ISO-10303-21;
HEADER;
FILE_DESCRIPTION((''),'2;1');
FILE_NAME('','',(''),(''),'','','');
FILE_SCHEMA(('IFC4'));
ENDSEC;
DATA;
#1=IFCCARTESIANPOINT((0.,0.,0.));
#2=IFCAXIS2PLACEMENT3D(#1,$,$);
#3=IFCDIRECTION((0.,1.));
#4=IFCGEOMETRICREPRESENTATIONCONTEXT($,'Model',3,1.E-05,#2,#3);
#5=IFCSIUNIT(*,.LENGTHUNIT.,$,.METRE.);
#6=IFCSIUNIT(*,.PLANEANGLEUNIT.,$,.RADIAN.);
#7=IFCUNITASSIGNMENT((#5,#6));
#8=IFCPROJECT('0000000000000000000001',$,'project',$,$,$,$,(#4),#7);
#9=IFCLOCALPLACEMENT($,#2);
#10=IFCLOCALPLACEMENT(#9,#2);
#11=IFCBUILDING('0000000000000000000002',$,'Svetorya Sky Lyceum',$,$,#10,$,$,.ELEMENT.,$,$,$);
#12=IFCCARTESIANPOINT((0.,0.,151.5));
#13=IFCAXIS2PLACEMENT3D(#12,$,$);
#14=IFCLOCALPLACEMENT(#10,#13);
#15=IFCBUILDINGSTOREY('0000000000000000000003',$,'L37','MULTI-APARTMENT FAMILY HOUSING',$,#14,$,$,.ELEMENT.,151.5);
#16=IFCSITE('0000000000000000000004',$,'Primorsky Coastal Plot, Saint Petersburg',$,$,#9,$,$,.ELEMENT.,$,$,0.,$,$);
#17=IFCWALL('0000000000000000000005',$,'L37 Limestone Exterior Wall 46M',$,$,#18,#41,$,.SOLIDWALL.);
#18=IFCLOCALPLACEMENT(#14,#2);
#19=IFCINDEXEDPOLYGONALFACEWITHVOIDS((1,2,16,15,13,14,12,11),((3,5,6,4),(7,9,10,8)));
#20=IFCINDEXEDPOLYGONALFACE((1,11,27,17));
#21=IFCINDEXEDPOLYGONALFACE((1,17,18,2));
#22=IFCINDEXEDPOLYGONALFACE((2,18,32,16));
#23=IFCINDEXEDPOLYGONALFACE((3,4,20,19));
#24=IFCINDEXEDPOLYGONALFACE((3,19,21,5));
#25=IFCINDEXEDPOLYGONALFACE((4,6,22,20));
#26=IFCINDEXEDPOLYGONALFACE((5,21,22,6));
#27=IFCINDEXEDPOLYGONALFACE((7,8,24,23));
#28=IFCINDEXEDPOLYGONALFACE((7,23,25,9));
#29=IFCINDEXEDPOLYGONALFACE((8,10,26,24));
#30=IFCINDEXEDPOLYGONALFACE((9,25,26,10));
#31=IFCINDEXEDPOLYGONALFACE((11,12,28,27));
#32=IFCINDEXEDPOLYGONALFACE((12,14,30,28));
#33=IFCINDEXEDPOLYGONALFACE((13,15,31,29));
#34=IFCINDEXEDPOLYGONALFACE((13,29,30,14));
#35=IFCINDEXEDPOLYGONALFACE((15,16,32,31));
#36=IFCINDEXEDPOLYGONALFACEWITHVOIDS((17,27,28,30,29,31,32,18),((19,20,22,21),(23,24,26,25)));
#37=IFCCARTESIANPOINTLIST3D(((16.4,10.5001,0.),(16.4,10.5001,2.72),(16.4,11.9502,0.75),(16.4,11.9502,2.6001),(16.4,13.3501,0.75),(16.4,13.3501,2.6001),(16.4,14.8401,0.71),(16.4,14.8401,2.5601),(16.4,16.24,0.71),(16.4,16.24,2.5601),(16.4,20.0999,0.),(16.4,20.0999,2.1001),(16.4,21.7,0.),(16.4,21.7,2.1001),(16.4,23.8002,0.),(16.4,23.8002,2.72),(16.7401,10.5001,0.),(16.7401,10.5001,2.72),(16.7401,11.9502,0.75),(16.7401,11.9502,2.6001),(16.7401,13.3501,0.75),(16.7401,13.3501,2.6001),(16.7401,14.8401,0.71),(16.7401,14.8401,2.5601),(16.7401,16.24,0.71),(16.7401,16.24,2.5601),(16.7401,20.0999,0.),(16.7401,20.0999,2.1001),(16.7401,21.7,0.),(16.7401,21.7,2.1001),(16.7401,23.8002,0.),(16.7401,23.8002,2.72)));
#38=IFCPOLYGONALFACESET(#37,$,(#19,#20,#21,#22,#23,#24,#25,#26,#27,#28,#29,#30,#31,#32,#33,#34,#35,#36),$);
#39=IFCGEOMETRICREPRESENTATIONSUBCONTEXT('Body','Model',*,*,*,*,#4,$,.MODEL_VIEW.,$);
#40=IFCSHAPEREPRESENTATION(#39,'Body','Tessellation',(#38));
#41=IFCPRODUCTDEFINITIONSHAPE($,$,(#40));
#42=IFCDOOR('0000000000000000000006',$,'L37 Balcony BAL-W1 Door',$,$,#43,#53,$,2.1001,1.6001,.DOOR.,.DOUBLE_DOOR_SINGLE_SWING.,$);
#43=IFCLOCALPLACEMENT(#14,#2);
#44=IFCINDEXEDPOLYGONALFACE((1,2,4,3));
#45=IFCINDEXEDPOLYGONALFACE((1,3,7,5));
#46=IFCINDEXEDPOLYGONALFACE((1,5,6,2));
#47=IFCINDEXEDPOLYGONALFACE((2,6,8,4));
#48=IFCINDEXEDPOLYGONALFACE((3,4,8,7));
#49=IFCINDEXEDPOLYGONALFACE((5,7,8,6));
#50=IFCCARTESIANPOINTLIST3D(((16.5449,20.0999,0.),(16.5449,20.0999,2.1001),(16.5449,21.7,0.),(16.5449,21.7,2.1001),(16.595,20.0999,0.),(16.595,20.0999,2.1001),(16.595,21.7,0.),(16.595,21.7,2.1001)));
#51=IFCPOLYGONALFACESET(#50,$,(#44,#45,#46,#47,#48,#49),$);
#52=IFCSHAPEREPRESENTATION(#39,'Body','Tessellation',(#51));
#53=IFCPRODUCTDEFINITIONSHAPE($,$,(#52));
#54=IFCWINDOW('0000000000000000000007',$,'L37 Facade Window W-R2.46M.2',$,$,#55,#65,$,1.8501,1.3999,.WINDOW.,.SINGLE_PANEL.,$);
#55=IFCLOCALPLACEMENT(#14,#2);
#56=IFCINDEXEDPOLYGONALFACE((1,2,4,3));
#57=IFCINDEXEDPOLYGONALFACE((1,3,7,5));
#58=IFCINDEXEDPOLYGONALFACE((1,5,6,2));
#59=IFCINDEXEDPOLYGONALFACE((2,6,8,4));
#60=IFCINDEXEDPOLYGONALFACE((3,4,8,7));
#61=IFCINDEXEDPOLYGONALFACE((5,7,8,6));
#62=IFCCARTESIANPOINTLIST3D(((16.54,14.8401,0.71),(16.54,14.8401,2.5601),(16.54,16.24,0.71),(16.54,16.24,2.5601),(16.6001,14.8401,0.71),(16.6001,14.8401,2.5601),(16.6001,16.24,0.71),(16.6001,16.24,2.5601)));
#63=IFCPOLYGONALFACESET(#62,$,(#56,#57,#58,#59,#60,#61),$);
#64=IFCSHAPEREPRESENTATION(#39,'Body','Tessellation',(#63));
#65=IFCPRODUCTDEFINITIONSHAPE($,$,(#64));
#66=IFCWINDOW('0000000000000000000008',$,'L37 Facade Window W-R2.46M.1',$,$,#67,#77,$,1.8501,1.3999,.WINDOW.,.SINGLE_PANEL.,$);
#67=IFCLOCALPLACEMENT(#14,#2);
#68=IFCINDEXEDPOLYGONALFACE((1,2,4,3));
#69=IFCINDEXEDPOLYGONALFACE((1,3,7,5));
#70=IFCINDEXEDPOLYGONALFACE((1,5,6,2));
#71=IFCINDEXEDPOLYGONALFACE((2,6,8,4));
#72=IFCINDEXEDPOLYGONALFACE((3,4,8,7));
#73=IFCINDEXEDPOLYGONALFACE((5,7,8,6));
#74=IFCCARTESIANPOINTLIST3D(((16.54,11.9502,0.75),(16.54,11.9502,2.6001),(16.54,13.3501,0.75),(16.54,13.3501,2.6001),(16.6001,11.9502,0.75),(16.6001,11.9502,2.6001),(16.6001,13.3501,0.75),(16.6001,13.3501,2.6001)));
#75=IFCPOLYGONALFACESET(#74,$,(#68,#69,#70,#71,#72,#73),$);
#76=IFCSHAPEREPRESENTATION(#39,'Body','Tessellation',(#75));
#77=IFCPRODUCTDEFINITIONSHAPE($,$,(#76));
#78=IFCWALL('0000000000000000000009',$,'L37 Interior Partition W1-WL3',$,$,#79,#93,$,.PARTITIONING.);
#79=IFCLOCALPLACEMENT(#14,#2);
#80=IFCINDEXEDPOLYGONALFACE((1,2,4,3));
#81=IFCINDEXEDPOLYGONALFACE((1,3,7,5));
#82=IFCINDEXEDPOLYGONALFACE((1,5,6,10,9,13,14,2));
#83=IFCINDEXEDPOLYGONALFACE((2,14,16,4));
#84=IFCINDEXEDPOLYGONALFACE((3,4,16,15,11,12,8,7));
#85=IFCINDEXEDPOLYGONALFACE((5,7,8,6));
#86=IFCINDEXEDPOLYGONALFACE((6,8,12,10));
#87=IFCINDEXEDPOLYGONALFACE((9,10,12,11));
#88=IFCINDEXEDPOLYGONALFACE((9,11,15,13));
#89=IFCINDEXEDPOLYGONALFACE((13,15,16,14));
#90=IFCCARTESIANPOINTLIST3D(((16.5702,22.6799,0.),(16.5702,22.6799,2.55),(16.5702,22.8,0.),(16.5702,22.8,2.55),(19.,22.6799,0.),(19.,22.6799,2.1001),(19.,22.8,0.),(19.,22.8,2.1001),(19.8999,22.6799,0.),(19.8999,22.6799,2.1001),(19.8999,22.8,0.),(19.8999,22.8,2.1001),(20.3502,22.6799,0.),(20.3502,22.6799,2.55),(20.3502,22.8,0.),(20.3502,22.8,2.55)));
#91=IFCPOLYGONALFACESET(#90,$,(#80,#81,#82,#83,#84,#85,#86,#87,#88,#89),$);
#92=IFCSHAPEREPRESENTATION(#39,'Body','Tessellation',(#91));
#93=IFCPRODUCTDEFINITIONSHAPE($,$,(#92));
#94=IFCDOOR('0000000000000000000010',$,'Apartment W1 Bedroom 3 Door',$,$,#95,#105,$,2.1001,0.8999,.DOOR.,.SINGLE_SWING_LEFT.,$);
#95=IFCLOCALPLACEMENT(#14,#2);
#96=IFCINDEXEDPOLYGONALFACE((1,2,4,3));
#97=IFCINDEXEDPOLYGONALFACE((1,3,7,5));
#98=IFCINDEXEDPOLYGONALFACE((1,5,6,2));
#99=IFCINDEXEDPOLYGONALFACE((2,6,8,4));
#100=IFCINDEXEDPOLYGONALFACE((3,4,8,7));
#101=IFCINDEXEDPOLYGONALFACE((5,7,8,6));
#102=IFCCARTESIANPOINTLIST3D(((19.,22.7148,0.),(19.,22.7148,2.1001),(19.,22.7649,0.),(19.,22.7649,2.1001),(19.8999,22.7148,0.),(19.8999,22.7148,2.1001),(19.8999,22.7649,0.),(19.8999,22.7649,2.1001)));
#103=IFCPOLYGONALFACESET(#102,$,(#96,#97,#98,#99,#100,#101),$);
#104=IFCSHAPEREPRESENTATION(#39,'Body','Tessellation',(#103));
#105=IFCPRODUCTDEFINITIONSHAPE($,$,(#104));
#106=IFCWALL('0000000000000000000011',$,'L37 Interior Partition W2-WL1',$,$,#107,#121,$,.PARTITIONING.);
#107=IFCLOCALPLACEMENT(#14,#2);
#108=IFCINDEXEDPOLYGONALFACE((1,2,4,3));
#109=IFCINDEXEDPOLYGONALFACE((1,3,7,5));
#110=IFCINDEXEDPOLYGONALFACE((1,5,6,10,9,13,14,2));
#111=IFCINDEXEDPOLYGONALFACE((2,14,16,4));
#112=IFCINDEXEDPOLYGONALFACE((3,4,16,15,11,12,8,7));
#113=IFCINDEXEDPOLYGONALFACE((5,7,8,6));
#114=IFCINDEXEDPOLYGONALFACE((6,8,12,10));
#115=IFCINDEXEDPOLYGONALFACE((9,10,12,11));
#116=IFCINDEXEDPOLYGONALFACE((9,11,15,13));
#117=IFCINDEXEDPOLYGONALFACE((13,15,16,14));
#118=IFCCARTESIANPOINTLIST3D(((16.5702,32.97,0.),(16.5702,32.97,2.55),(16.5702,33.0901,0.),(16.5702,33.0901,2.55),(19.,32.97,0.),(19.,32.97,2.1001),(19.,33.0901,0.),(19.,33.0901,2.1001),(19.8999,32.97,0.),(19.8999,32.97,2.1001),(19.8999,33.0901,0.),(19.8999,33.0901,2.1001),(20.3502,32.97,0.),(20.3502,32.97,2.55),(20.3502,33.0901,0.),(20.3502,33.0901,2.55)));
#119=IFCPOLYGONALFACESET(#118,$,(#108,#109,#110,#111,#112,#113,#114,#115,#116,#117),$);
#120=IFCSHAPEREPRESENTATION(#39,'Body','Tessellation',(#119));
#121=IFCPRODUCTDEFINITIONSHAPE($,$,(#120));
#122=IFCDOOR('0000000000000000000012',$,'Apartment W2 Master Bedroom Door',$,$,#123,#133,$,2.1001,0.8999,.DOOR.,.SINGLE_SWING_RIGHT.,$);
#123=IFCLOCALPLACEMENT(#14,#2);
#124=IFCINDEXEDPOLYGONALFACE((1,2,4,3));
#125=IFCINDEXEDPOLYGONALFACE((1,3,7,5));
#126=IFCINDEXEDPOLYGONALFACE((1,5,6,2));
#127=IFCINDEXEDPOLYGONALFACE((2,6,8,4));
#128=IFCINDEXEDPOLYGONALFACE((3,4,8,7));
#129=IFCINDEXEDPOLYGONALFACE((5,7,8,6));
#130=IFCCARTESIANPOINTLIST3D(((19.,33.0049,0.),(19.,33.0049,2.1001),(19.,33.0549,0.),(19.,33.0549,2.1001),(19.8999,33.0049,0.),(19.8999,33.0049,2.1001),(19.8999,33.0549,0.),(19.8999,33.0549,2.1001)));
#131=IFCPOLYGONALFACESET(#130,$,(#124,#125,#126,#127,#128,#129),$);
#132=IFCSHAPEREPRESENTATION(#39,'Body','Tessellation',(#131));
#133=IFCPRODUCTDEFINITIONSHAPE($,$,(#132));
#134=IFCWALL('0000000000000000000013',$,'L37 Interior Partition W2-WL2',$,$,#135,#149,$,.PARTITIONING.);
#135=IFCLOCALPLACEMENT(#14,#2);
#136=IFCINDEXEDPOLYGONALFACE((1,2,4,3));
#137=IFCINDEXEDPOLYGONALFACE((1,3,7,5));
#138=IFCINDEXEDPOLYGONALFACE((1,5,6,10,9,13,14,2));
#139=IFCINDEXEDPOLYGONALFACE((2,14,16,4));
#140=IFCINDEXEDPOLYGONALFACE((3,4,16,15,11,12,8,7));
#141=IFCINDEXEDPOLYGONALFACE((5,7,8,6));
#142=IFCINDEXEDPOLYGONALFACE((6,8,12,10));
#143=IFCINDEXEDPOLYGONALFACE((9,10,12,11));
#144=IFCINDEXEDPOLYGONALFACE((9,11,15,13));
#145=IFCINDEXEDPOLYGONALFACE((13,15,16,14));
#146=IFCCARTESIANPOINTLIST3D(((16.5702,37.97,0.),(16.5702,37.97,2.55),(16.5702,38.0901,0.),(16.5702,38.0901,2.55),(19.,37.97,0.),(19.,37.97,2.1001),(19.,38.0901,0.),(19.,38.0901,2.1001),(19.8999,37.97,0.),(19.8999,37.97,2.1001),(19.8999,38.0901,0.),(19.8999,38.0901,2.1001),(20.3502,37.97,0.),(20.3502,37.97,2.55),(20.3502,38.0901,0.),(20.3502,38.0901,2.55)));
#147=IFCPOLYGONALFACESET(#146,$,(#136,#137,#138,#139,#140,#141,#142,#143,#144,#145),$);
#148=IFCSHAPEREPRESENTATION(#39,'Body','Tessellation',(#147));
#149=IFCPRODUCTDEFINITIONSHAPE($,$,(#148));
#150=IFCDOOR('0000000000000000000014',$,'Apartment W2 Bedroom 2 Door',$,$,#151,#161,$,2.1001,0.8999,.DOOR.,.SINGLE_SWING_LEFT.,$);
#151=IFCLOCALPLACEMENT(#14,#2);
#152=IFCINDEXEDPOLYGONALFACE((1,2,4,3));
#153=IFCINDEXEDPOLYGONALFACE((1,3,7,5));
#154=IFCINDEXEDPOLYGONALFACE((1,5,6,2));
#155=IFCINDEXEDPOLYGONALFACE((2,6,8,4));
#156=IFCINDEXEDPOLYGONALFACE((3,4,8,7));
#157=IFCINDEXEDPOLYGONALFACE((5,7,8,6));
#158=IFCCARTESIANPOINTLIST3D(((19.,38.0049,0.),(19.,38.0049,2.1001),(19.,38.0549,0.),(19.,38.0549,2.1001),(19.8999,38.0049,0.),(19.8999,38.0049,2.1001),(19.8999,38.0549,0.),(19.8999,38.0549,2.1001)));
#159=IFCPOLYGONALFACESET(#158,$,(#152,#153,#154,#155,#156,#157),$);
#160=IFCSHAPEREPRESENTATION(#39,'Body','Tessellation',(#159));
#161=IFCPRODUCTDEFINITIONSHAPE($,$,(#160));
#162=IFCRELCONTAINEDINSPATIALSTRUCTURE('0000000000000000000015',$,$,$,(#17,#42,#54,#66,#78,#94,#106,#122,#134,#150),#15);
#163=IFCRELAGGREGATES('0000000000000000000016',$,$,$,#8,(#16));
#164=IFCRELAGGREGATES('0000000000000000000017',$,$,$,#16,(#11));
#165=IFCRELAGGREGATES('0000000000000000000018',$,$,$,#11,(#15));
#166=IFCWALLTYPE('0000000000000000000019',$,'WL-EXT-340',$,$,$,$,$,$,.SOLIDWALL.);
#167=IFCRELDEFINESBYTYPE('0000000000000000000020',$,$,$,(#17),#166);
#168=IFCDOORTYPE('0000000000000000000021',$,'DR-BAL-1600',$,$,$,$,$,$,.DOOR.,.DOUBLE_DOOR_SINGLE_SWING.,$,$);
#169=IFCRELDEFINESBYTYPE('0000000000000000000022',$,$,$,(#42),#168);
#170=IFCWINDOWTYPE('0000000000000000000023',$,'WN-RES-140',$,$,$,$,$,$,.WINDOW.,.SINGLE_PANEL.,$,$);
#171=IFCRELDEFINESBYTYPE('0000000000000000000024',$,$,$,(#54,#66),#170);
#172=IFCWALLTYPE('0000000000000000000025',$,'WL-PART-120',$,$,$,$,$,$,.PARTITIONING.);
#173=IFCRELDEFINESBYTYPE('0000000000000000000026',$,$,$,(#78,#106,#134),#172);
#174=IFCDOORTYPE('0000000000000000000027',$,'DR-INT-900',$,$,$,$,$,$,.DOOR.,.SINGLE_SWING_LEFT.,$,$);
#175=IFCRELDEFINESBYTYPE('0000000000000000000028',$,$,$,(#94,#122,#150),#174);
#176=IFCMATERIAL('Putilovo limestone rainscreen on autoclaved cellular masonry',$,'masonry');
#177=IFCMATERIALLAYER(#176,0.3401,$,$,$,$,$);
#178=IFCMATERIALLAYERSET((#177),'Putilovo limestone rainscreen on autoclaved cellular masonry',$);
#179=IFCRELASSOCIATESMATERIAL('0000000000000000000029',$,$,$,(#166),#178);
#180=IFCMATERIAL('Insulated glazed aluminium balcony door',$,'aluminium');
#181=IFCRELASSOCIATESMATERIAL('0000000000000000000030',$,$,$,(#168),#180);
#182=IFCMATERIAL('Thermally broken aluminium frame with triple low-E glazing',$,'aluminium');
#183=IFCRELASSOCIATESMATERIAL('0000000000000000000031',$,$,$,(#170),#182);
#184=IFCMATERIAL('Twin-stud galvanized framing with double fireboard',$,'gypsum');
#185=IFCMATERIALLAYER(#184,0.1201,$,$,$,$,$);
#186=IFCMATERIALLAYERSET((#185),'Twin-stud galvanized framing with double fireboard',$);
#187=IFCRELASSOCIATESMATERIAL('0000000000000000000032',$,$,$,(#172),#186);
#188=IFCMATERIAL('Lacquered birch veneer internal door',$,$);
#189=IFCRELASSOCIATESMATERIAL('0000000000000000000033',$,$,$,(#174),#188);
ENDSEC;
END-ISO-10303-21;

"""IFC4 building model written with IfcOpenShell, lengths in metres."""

from ifc_helpers import new_model, si_unit, direction, frame, frame_2d, origin, place, context, subcontext, project, spatial, rectangle, extrude, material, layer, layer_set, type_object, element, fill, save


model = new_model("IFC4")

# Units and contexts
model_context = context("Model", 3, precision=1e-05, world=origin(), true_north=direction((0.0, 1.0)))
body_context = subcontext(model_context, "Body", "Model", "MODEL_VIEW")
ifc_project = project(units=[si_unit("LENGTHUNIT", "METRE"), si_unit("PLANEANGLEUNIT", "RADIAN")], contexts=[model_context])

# Site, building, storey
site_placement = place(None, origin())
site = spatial("IfcSite", under=ifc_project, at=site_placement, Name="Primorsky Coastal Plot, Saint Petersburg", CompositionType="ELEMENT", RefElevation=0.0)
building_placement = place(site_placement, origin())
building = spatial("IfcBuilding", under=site, at=building_placement, Name="Svetorya Sky Lyceum", CompositionType="ELEMENT")
storey_placement = place(building_placement, frame((0.0, 0.0, 151.5)))
storey = spatial("IfcBuildingStorey", under=building, at=storey_placement, Name="L37", Description="MULTI-APARTMENT FAMILY HOUSING", CompositionType="ELEMENT", Elevation=151.5)

# Shared definitions
ifc_material_1 = material(Name="Putilovo limestone rainscreen on autoclaved cellular masonry", Category="masonry")
ifc_layer_1 = layer(ifc_material_1, 0.3401)
ifc_layer_set_1 = layer_set([ifc_layer_1], Name="Putilovo limestone rainscreen on autoclaved cellular masonry")
wall_type_1 = type_object("IfcWallType", Name="WL-EXT-340", PredefinedType="SOLIDWALL", material=ifc_layer_set_1)
ifc_material_2 = material(Name="Thermally broken aluminium frame with triple low-E glazing", Category="aluminium")

# Wall, openings, door, windows
wall_1_placement = place(storey_placement, frame((16.5701, 23.8, 0.0), z_axis=(0.0, 0.0, 1.0), x_axis=(0.0, -1.0, 0.0)))
wall_1 = element("IfcWall", 1, at=wall_1_placement, inside=storey, type_object=wall_type_1, Name="L37 Limestone Exterior Wall 46M", PredefinedType="SOLIDWALL", context=body_context, shape_type="SweptSolid", body=[
    extrude(rectangle(XDim=13.3, YDim=0.3401, at=frame_2d((6.6499, 0.0))), origin(), (0.0, 0.0, 1.0), 2.72),
])
opening_1_placement = place(wall_1_placement, frame((2.1001, 0.0, 0.0)))
opening_1 = element("IfcOpeningElement", 2, at=opening_1_placement, cuts=wall_1, PredefinedType="OPENING", context=body_context, shape_type="SweptSolid", body=[
    extrude(rectangle(XDim=1.6001, YDim=2.1001, at=frame_2d((0.8, 1.05))), frame((0.0, 0.1799, 0.0), z_axis=(0.0, -1.0, 0.0), x_axis=(1.0, 0.0, 0.0)), (0.0, 0.0, 1.0), 0.3601),
])
opening_2_placement = place(wall_1_placement, frame((7.5601, 0.0, 0.71)))
opening_2 = element("IfcOpeningElement", 3, at=opening_2_placement, cuts=wall_1, PredefinedType="OPENING", context=body_context, shape_type="SweptSolid", body=[
    extrude(rectangle(XDim=1.3999, YDim=1.8501, at=frame_2d((0.7, 0.925))), frame((0.0, 0.1799, 0.0), z_axis=(0.0, -1.0, 0.0), x_axis=(1.0, 0.0, 0.0)), (0.0, 0.0, 1.0), 0.3601),
])
opening_3_placement = place(wall_1_placement, frame((10.45, 0.0, 0.75)))
opening_3 = element("IfcOpeningElement", 4, at=opening_3_placement, cuts=wall_1, PredefinedType="OPENING", context=body_context, shape_type="SweptSolid", body=[
    extrude(rectangle(XDim=1.3999, YDim=1.8501, at=frame_2d((0.7, 0.925))), frame((0.0, 0.1799, 0.0), z_axis=(0.0, -1.0, 0.0), x_axis=(1.0, 0.0, 0.0)), (0.0, 0.0, 1.0), 0.3601),
])
ifc_material_3 = material(Name="Insulated glazed aluminium balcony door", Category="aluminium")
door_type_1 = type_object("IfcDoorType", Name="DR-BAL-1600", OperationType="DOUBLE_DOOR_SINGLE_SWING", PredefinedType="DOOR", material=ifc_material_3)
door_1_placement = place(opening_1_placement, origin())
door_1 = element("IfcDoor", 5, at=door_1_placement, inside=storey, type_object=door_type_1, Name="L37 Balcony BAL-W1 Door", OperationType="DOUBLE_DOOR_SINGLE_SWING", OverallHeight=2.1001, OverallWidth=1.6001, PredefinedType="DOOR", context=body_context, shape_type="SweptSolid", body=[
    extrude(rectangle(XDim=1.6001, YDim=2.1001, at=frame_2d((0.8, 1.05))), frame((0.0, 0.0249, 0.0), z_axis=(0.0, -1.0, 0.0), x_axis=(1.0, 0.0, 0.0)), (0.0, 0.0, 1.0), 0.05),
])
fill(opening_1, door_1)
window_type_1 = type_object("IfcWindowType", Name="WN-RES-140", PartitioningType="SINGLE_PANEL", PredefinedType="WINDOW", material=ifc_material_2)
window_1_placement = place(opening_2_placement, origin())
window_1 = element("IfcWindow", 6, at=window_1_placement, inside=storey, type_object=window_type_1, Name="L37 Facade Window W-R2.46M.2", OverallHeight=1.8501, OverallWidth=1.3999, PartitioningType="SINGLE_PANEL", PredefinedType="WINDOW", context=body_context, shape_type="SweptSolid", body=[
    extrude(rectangle(XDim=1.3999, YDim=1.8501, at=frame_2d((0.7, 0.925))), frame((0.0, 0.03, 0.0), z_axis=(0.0, -1.0, 0.0), x_axis=(1.0, 0.0, 0.0)), (0.0, 0.0, 1.0), 0.0601),
])
fill(opening_2, window_1)
window_2_placement = place(opening_3_placement, origin())
window_2 = element("IfcWindow", 7, at=window_2_placement, inside=storey, type_object=window_type_1, Name="L37 Facade Window W-R2.46M.1", OverallHeight=1.8501, OverallWidth=1.3999, PartitioningType="SINGLE_PANEL", PredefinedType="WINDOW", context=body_context, shape_type="SweptSolid", body=[
    extrude(rectangle(XDim=1.3999, YDim=1.8501, at=frame_2d((0.7, 0.925))), frame((0.0, 0.03, 0.0), z_axis=(0.0, -1.0, 0.0), x_axis=(1.0, 0.0, 0.0)), (0.0, 0.0, 1.0), 0.0601),
])
fill(opening_3, window_2)

# Walls, openings, doors
ifc_material_4 = material(Name="Twin-stud galvanized framing with double fireboard", Category="gypsum")
ifc_layer_2 = layer(ifc_material_4, 0.1201)
ifc_layer_set_2 = layer_set([ifc_layer_2], Name="Twin-stud galvanized framing with double fireboard")
wall_type_2 = type_object("IfcWallType", Name="WL-PART-120", PredefinedType="PARTITIONING", material=ifc_layer_set_2)
wall_2_placement = place(storey_placement, frame((16.5701, 22.74, 0.0), z_axis=(0.0, 0.0, 1.0), x_axis=(1.0, 0.0, 0.0)))
wall_2 = element("IfcWall", 8, at=wall_2_placement, inside=storey, type_object=wall_type_2, Name="L37 Interior Partition W1-WL3", PredefinedType="PARTITIONING", context=body_context, shape_type="SweptSolid", body=[
    extrude(rectangle(XDim=3.78, YDim=0.1201, at=frame_2d((1.8901, 0.0))), origin(), (0.0, 0.0, 1.0), 2.55),
])
opening_4_placement = place(wall_2_placement, frame((2.4299, 0.0, 0.0)))
opening_4 = element("IfcOpeningElement", 9, at=opening_4_placement, cuts=wall_2, PredefinedType="OPENING", context=body_context, shape_type="SweptSolid", body=[
    extrude(rectangle(XDim=0.8999, YDim=2.1001, at=frame_2d((0.45, 1.05))), frame((0.0, 0.0701, 0.0), z_axis=(0.0, -1.0, 0.0), x_axis=(1.0, 0.0, 0.0)), (0.0, 0.0, 1.0), 0.1401),
])
ifc_material_5 = material(Name="Lacquered birch veneer internal door")
door_type_2 = type_object("IfcDoorType", Name="DR-INT-900", OperationType="SINGLE_SWING_LEFT", PredefinedType="DOOR", material=ifc_material_5)
door_2_placement = place(opening_4_placement, origin())
door_2 = element("IfcDoor", 10, at=door_2_placement, inside=storey, type_object=door_type_2, Name="Apartment W1 Bedroom 3 Door", OperationType="SINGLE_SWING_LEFT", OverallHeight=2.1001, OverallWidth=0.8999, PredefinedType="DOOR", context=body_context, shape_type="SweptSolid", body=[
    extrude(rectangle(XDim=0.8999, YDim=2.1001, at=frame_2d((0.45, 1.05))), frame((0.0, 0.0249, 0.0), z_axis=(0.0, -1.0, 0.0), x_axis=(1.0, 0.0, 0.0)), (0.0, 0.0, 1.0), 0.05),
])
fill(opening_4, door_2)
wall_3_placement = place(storey_placement, frame((16.5701, 33.03, 0.0), z_axis=(0.0, 0.0, 1.0), x_axis=(1.0, 0.0, 0.0)))
wall_3 = element("IfcWall", 11, at=wall_3_placement, inside=storey, type_object=wall_type_2, Name="L37 Interior Partition W2-WL1", PredefinedType="PARTITIONING", context=body_context, shape_type="SweptSolid", body=[
    extrude(rectangle(XDim=3.78, YDim=0.1201, at=frame_2d((1.8901, 0.0))), origin(), (0.0, 0.0, 1.0), 2.55),
])
opening_5_placement = place(wall_3_placement, frame((2.4299, 0.0, 0.0)))
opening_5 = element("IfcOpeningElement", 12, at=opening_5_placement, cuts=wall_3, PredefinedType="OPENING", context=body_context, shape_type="SweptSolid", body=[
    extrude(rectangle(XDim=0.8999, YDim=2.1001, at=frame_2d((0.45, 1.05))), frame((0.0, 0.0701, 0.0), z_axis=(0.0, -1.0, 0.0), x_axis=(1.0, 0.0, 0.0)), (0.0, 0.0, 1.0), 0.1401),
])
door_3_placement = place(opening_5_placement, origin())
door_3 = element("IfcDoor", 13, at=door_3_placement, inside=storey, type_object=door_type_2, Name="Apartment W2 Master Bedroom Door", OperationType="SINGLE_SWING_RIGHT", OverallHeight=2.1001, OverallWidth=0.8999, PredefinedType="DOOR", context=body_context, shape_type="SweptSolid", body=[
    extrude(rectangle(XDim=0.8999, YDim=2.1001, at=frame_2d((0.45, 1.05))), frame((0.0, 0.0249, 0.0), z_axis=(0.0, -1.0, 0.0), x_axis=(1.0, 0.0, 0.0)), (0.0, 0.0, 1.0), 0.05),
])
fill(opening_5, door_3)
wall_4_placement = place(storey_placement, frame((16.5701, 38.03, 0.0), z_axis=(0.0, 0.0, 1.0), x_axis=(1.0, 0.0, 0.0)))
wall_4 = element("IfcWall", 14, at=wall_4_placement, inside=storey, type_object=wall_type_2, Name="L37 Interior Partition W2-WL2", PredefinedType="PARTITIONING", context=body_context, shape_type="SweptSolid", body=[
    extrude(rectangle(XDim=3.78, YDim=0.1201, at=frame_2d((1.8901, 0.0))), origin(), (0.0, 0.0, 1.0), 2.55),
])
opening_6_placement = place(wall_4_placement, frame((2.4299, 0.0, 0.0)))
opening_6 = element("IfcOpeningElement", 15, at=opening_6_placement, cuts=wall_4, PredefinedType="OPENING", context=body_context, shape_type="SweptSolid", body=[
    extrude(rectangle(XDim=0.8999, YDim=2.1001, at=frame_2d((0.45, 1.05))), frame((0.0, 0.0701, 0.0), z_axis=(0.0, -1.0, 0.0), x_axis=(1.0, 0.0, 0.0)), (0.0, 0.0, 1.0), 0.1401),
])
door_4_placement = place(opening_6_placement, origin())
door_4 = element("IfcDoor", 16, at=door_4_placement, inside=storey, type_object=door_type_2, Name="Apartment W2 Bedroom 2 Door", OperationType="SINGLE_SWING_LEFT", OverallHeight=2.1001, OverallWidth=0.8999, PredefinedType="DOOR", context=body_context, shape_type="SweptSolid", body=[
    extrude(rectangle(XDim=0.8999, YDim=2.1001, at=frame_2d((0.45, 1.05))), frame((0.0, 0.0249, 0.0), z_axis=(0.0, -1.0, 0.0), x_axis=(1.0, 0.0, 0.0)), (0.0, 0.0, 1.0), 0.05),
])
fill(opening_6, door_4)

save(model, "model.ifc")
